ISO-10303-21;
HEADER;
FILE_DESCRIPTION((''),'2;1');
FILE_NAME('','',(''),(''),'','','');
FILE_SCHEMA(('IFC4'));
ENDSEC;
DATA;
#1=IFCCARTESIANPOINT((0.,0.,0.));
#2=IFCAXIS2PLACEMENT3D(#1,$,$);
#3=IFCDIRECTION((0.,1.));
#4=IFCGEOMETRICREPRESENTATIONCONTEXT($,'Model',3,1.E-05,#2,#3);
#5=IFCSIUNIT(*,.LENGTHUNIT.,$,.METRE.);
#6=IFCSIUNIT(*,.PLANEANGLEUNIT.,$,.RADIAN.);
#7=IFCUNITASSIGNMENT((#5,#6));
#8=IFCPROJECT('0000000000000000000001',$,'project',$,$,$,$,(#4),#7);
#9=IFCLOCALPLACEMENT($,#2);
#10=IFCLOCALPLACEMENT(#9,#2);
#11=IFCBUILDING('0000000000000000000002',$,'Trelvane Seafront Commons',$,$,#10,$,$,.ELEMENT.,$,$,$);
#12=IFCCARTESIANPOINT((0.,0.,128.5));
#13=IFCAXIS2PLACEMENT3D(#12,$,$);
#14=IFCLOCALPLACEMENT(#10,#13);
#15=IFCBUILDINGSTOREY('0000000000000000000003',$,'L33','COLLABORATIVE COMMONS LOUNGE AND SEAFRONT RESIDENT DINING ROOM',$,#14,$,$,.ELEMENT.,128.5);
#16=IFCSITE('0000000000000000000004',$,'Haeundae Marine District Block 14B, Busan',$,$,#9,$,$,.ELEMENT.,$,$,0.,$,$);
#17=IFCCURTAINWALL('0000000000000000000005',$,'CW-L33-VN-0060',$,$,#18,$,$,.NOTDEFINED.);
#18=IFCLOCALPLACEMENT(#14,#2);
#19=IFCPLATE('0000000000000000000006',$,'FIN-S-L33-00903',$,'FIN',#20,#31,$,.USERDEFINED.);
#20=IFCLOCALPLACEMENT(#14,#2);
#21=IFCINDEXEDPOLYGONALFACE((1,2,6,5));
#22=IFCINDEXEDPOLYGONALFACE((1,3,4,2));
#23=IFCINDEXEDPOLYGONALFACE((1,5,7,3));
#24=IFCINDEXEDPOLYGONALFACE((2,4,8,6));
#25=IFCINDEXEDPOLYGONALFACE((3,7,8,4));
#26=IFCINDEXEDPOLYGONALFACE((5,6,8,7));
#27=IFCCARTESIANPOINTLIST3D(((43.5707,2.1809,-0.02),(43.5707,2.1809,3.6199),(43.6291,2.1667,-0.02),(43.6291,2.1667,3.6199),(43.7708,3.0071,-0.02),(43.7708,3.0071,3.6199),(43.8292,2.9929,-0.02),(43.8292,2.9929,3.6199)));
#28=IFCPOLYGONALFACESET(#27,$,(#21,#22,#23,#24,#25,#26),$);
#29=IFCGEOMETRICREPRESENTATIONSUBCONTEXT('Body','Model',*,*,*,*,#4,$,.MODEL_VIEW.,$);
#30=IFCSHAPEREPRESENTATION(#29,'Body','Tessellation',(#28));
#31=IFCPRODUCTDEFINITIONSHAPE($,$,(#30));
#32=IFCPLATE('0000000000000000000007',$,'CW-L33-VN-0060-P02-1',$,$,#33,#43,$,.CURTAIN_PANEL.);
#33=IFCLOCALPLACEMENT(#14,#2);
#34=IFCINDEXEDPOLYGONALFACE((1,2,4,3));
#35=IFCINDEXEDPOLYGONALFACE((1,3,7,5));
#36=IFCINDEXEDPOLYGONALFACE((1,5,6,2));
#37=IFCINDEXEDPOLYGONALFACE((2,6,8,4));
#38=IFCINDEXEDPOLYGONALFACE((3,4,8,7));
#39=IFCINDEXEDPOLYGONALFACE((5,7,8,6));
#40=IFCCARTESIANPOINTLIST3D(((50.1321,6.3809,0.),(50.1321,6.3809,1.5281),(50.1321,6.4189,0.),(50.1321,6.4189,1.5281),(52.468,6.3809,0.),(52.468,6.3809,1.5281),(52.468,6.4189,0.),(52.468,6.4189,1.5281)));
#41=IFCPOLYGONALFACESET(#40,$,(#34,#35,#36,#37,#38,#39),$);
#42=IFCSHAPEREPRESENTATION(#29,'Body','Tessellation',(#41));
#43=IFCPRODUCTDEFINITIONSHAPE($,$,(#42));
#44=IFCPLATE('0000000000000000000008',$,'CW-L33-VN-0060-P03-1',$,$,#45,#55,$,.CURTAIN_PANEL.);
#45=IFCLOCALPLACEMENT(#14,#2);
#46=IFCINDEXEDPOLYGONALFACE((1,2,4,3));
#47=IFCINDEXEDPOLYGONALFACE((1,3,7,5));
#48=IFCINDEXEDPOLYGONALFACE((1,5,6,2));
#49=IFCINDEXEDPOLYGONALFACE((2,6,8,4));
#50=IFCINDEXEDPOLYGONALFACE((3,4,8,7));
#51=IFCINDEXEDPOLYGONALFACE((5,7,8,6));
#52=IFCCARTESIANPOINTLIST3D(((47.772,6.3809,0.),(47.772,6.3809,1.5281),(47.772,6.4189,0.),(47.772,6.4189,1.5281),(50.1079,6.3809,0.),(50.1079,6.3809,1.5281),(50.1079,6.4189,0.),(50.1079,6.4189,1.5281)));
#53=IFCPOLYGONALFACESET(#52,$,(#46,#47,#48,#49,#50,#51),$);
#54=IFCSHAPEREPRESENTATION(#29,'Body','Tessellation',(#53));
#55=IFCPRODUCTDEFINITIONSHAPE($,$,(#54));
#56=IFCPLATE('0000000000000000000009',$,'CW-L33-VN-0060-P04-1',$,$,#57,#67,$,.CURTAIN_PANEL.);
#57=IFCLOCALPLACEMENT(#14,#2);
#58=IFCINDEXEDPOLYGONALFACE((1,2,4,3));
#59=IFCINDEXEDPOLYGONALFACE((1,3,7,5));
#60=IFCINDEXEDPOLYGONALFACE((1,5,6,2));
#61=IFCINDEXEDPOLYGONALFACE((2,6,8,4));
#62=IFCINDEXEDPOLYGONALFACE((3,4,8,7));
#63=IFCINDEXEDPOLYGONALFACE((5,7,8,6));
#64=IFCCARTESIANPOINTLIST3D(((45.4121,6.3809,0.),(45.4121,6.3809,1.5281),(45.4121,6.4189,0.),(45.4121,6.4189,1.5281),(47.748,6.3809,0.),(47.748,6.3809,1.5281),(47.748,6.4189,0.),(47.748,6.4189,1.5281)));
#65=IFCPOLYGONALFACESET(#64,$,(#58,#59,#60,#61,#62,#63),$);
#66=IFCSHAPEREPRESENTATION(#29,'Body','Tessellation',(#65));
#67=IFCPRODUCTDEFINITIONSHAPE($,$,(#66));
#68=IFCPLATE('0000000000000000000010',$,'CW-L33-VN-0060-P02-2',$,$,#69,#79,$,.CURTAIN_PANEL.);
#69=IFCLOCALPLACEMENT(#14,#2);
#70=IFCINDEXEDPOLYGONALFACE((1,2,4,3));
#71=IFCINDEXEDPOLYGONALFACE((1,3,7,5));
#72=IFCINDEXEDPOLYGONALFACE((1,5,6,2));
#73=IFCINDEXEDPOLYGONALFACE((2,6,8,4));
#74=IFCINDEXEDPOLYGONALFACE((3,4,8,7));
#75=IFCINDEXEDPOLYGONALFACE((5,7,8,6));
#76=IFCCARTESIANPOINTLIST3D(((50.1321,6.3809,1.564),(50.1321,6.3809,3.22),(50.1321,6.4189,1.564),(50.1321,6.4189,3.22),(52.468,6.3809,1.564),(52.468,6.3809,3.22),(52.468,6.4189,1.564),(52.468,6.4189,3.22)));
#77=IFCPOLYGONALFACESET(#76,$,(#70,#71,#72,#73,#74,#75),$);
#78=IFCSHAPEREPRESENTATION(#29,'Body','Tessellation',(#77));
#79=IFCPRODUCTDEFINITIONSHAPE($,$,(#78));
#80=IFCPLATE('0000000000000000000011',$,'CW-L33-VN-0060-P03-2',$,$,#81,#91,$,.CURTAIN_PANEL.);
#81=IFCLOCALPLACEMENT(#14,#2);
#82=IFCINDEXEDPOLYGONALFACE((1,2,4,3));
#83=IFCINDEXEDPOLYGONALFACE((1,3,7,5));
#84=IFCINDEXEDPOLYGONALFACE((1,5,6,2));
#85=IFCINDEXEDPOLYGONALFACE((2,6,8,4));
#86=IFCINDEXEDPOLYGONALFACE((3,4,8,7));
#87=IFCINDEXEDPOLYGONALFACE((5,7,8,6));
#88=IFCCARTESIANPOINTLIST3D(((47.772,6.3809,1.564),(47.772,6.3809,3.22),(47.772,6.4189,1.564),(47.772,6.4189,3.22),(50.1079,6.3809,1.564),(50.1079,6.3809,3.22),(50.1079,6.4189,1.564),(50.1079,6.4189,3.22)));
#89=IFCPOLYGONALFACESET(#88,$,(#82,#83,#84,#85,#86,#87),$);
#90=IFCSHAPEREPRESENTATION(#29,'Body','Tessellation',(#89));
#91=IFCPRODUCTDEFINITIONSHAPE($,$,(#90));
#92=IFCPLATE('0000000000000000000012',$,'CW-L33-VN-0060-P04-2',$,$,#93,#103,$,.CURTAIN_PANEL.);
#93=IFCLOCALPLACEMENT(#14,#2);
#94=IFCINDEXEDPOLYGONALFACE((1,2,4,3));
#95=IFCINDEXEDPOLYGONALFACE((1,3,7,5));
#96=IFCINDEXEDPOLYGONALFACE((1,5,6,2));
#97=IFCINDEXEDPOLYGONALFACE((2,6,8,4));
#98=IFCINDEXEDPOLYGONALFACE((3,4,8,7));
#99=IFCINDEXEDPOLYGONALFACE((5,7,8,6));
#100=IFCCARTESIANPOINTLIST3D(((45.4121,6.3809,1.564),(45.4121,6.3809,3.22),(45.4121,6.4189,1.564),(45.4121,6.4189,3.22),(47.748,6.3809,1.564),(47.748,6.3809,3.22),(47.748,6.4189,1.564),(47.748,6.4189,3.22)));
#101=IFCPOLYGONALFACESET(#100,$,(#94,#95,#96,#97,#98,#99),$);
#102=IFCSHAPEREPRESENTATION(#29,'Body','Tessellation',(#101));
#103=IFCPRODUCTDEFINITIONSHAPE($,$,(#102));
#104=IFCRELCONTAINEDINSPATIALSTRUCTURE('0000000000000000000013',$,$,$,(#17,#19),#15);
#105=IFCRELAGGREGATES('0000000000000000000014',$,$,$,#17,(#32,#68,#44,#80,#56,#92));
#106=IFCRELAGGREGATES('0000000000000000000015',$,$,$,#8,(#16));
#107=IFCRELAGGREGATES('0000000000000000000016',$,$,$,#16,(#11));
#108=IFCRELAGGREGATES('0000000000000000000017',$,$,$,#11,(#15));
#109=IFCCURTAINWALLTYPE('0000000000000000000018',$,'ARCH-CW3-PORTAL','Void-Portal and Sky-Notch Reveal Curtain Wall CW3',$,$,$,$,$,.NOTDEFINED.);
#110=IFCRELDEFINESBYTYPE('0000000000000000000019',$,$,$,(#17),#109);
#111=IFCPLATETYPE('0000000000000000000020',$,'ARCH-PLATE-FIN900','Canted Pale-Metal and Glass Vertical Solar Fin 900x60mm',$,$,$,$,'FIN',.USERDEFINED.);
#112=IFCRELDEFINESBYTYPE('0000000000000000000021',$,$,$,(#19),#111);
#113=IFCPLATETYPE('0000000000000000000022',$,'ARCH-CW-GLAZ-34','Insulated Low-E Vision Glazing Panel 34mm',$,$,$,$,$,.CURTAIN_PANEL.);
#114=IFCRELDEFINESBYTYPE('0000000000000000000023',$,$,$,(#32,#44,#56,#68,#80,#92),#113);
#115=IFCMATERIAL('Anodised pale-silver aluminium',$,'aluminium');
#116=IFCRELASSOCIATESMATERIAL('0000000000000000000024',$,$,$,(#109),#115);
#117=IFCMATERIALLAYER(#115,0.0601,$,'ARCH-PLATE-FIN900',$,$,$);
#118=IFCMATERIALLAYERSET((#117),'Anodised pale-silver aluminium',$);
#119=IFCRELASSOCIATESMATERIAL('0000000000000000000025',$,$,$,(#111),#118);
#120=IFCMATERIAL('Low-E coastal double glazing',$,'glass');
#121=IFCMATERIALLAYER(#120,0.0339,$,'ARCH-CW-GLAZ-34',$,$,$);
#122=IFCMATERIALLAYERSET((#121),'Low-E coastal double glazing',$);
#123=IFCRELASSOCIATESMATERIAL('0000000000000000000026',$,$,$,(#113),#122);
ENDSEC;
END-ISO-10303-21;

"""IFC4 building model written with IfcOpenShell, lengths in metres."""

from ifc_helpers import new_model, si_unit, direction, frame, origin, origin_2d, place, context, subcontext, project, spatial, rectangle, extrude, source, transform, mapped, material, layer, layer_set, type_object, element, aggregate, save


model = new_model("IFC4")

# Units and contexts
model_context = context("Model", 3, precision=1e-05, world=origin(), true_north=direction((0.0, 1.0)))
body_context = subcontext(model_context, "Body", "Model", "MODEL_VIEW")
ifc_project = project(units=[si_unit("LENGTHUNIT", "METRE"), si_unit("PLANEANGLEUNIT", "RADIAN")], contexts=[model_context])

# Site, building, storey
site_placement = place(None, origin())
site = spatial("IfcSite", under=ifc_project, at=site_placement, Name="Haeundae Marine District Block 14B, Busan", CompositionType="ELEMENT", RefElevation=0.0)
building_placement = place(site_placement, origin())
building = spatial("IfcBuilding", under=site, at=building_placement, Name="Trelvane Seafront Commons", CompositionType="ELEMENT")
storey_placement = place(building_placement, frame((0.0, 0.0, 128.5)))
storey = spatial("IfcBuildingStorey", under=building, at=storey_placement, Name="L33", Description="COLLABORATIVE COMMONS LOUNGE AND SEAFRONT RESIDENT DINING ROOM", CompositionType="ELEMENT", Elevation=128.5)

# Curtain wall
ifc_material_1 = material(Name="Anodised pale-silver aluminium", Category="aluminium")
curtain_wall_type = type_object("IfcCurtainWallType", Name="ARCH-CW3-PORTAL", Description="Void-Portal and Sky-Notch Reveal Curtain Wall CW3", PredefinedType="NOTDEFINED", material=ifc_material_1)
curtain_wall_placement = place(storey_placement, origin())
curtain_wall = element("IfcCurtainWall", 1, at=curtain_wall_placement, inside=storey, type_object=curtain_wall_type, Name="CW-L33-VN-0060", PredefinedType="NOTDEFINED")

# Plate
ifc_layer_1 = layer(ifc_material_1, 0.0601, Name="ARCH-PLATE-FIN900")
ifc_layer_set_1 = layer_set([ifc_layer_1], Name="Anodised pale-silver aluminium")
plate_type_1 = type_object("IfcPlateType", Name="ARCH-PLATE-FIN900", Description="Canted Pale-Metal and Glass Vertical Solar Fin 900x60mm", ElementType="FIN", PredefinedType="USERDEFINED", material=ifc_layer_set_1)
shared_shape_1 = source(origin(), body_context, "Body", "SweptSolid", [
    extrude(rectangle(XDim=0.8501, YDim=0.0601, at=origin_2d()), origin(), (0.0, 0.0, 1.0), 3.6399),
])
plate_1_placement = place(storey_placement, frame((43.7, 2.5869, -0.02), z_axis=(0.0, 0.0, 1.0), x_axis=(-0.235415, -0.971895, 0.0)))
element("IfcPlate", 2, at=plate_1_placement, inside=storey, type_object=plate_type_1, Name="FIN-S-L33-00903", ObjectType="FIN", PredefinedType="USERDEFINED", context=body_context, shape_type="MappedRepresentation", body=[
    mapped(shared_shape_1, transform((0.0, 0.0, 0.0), x_axis=(1.0, 0.0, 0.0), y_axis=(0.0, 1.0, 0.0), z_axis=(0.0, 0.0, 1.0), scale=1.0)),
])

# Plates
ifc_material_2 = material(Name="Low-E coastal double glazing", Category="glass")
ifc_layer_2 = layer(ifc_material_2, 0.0339, Name="ARCH-CW-GLAZ-34")
ifc_layer_set_2 = layer_set([ifc_layer_2], Name="Low-E coastal double glazing")
plate_type_2 = type_object("IfcPlateType", Name="ARCH-CW-GLAZ-34", Description="Insulated Low-E Vision Glazing Panel 34mm", PredefinedType="CURTAIN_PANEL", material=ifc_layer_set_2)
shared_shape_2 = source(origin(), body_context, "Body", "SweptSolid", [
    extrude(rectangle(XDim=2.3359, YDim=0.0381, at=origin_2d()), origin(), (0.0, 0.0, 1.0), 1.5281),
])
plate_2_placement = place(storey_placement, frame((51.3, 6.3999, 0.0), z_axis=(0.0, 0.0, 1.0), x_axis=(-1.0, 0.0, 0.0)))
plate_2 = element("IfcPlate", 3, at=plate_2_placement, type_object=plate_type_2, Name="CW-L33-VN-0060-P02-1", PredefinedType="CURTAIN_PANEL", context=body_context, shape_type="MappedRepresentation", body=[
    mapped(shared_shape_2, transform((0.0, 0.0, 0.0), x_axis=(1.0, 0.0, 0.0), y_axis=(0.0, 1.0, 0.0), z_axis=(0.0, 0.0, 1.0), scale=1.0)),
])
plate_3_placement = place(storey_placement, frame((48.9399, 6.3999, 0.0), z_axis=(0.0, 0.0, 1.0), x_axis=(-1.0, 0.0, 0.0)))
plate_3 = element("IfcPlate", 4, at=plate_3_placement, type_object=plate_type_2, Name="CW-L33-VN-0060-P03-1", PredefinedType="CURTAIN_PANEL", context=body_context, shape_type="MappedRepresentation", body=[
    mapped(shared_shape_2, transform((0.0, 0.0, 0.0), x_axis=(1.0, 0.0, 0.0), y_axis=(0.0, 1.0, 0.0), z_axis=(0.0, 0.0, 1.0), scale=1.0)),
])
plate_4_placement = place(storey_placement, frame((46.5801, 6.3999, 0.0), z_axis=(0.0, 0.0, 1.0), x_axis=(-1.0, 0.0, 0.0)))
plate_4 = element("IfcPlate", 5, at=plate_4_placement, type_object=plate_type_2, Name="CW-L33-VN-0060-P04-1", PredefinedType="CURTAIN_PANEL", context=body_context, shape_type="MappedRepresentation", body=[
    mapped(shared_shape_2, transform((0.0, 0.0, 0.0), x_axis=(1.0, 0.0, 0.0), y_axis=(0.0, 1.0, 0.0), z_axis=(0.0, 0.0, 1.0), scale=1.0)),
])
shared_shape_3 = source(origin(), body_context, "Body", "SweptSolid", [
    extrude(rectangle(XDim=2.3359, YDim=0.0381, at=origin_2d()), origin(), (0.0, 0.0, 1.0), 1.656),
])
plate_5_placement = place(storey_placement, frame((51.3, 6.3999, 1.564), z_axis=(0.0, 0.0, 1.0), x_axis=(-1.0, 0.0, 0.0)))
plate_5 = element("IfcPlate", 6, at=plate_5_placement, type_object=plate_type_2, Name="CW-L33-VN-0060-P02-2", PredefinedType="CURTAIN_PANEL", context=body_context, shape_type="MappedRepresentation", body=[
    mapped(shared_shape_3, transform((0.0, 0.0, 0.0), x_axis=(1.0, 0.0, 0.0), y_axis=(0.0, 1.0, 0.0), z_axis=(0.0, 0.0, 1.0), scale=1.0)),
])
plate_6_placement = place(storey_placement, frame((48.9399, 6.3999, 1.564), z_axis=(0.0, 0.0, 1.0), x_axis=(-1.0, 0.0, 0.0)))
plate_6 = element("IfcPlate", 7, at=plate_6_placement, type_object=plate_type_2, Name="CW-L33-VN-0060-P03-2", PredefinedType="CURTAIN_PANEL", context=body_context, shape_type="MappedRepresentation", body=[
    mapped(shared_shape_3, transform((0.0, 0.0, 0.0), x_axis=(1.0, 0.0, 0.0), y_axis=(0.0, 1.0, 0.0), z_axis=(0.0, 0.0, 1.0), scale=1.0)),
])
plate_7_placement = place(storey_placement, frame((46.5801, 6.3999, 1.564), z_axis=(0.0, 0.0, 1.0), x_axis=(-1.0, 0.0, 0.0)))
plate_7 = element("IfcPlate", 8, at=plate_7_placement, type_object=plate_type_2, Name="CW-L33-VN-0060-P04-2", PredefinedType="CURTAIN_PANEL", context=body_context, shape_type="MappedRepresentation", body=[
    mapped(shared_shape_3, transform((0.0, 0.0, 0.0), x_axis=(1.0, 0.0, 0.0), y_axis=(0.0, 1.0, 0.0), z_axis=(0.0, 0.0, 1.0), scale=1.0)),
])
aggregate(curtain_wall, [plate_2, plate_5, plate_3, plate_6, plate_4, plate_7])

save(model, "model.ifc")
